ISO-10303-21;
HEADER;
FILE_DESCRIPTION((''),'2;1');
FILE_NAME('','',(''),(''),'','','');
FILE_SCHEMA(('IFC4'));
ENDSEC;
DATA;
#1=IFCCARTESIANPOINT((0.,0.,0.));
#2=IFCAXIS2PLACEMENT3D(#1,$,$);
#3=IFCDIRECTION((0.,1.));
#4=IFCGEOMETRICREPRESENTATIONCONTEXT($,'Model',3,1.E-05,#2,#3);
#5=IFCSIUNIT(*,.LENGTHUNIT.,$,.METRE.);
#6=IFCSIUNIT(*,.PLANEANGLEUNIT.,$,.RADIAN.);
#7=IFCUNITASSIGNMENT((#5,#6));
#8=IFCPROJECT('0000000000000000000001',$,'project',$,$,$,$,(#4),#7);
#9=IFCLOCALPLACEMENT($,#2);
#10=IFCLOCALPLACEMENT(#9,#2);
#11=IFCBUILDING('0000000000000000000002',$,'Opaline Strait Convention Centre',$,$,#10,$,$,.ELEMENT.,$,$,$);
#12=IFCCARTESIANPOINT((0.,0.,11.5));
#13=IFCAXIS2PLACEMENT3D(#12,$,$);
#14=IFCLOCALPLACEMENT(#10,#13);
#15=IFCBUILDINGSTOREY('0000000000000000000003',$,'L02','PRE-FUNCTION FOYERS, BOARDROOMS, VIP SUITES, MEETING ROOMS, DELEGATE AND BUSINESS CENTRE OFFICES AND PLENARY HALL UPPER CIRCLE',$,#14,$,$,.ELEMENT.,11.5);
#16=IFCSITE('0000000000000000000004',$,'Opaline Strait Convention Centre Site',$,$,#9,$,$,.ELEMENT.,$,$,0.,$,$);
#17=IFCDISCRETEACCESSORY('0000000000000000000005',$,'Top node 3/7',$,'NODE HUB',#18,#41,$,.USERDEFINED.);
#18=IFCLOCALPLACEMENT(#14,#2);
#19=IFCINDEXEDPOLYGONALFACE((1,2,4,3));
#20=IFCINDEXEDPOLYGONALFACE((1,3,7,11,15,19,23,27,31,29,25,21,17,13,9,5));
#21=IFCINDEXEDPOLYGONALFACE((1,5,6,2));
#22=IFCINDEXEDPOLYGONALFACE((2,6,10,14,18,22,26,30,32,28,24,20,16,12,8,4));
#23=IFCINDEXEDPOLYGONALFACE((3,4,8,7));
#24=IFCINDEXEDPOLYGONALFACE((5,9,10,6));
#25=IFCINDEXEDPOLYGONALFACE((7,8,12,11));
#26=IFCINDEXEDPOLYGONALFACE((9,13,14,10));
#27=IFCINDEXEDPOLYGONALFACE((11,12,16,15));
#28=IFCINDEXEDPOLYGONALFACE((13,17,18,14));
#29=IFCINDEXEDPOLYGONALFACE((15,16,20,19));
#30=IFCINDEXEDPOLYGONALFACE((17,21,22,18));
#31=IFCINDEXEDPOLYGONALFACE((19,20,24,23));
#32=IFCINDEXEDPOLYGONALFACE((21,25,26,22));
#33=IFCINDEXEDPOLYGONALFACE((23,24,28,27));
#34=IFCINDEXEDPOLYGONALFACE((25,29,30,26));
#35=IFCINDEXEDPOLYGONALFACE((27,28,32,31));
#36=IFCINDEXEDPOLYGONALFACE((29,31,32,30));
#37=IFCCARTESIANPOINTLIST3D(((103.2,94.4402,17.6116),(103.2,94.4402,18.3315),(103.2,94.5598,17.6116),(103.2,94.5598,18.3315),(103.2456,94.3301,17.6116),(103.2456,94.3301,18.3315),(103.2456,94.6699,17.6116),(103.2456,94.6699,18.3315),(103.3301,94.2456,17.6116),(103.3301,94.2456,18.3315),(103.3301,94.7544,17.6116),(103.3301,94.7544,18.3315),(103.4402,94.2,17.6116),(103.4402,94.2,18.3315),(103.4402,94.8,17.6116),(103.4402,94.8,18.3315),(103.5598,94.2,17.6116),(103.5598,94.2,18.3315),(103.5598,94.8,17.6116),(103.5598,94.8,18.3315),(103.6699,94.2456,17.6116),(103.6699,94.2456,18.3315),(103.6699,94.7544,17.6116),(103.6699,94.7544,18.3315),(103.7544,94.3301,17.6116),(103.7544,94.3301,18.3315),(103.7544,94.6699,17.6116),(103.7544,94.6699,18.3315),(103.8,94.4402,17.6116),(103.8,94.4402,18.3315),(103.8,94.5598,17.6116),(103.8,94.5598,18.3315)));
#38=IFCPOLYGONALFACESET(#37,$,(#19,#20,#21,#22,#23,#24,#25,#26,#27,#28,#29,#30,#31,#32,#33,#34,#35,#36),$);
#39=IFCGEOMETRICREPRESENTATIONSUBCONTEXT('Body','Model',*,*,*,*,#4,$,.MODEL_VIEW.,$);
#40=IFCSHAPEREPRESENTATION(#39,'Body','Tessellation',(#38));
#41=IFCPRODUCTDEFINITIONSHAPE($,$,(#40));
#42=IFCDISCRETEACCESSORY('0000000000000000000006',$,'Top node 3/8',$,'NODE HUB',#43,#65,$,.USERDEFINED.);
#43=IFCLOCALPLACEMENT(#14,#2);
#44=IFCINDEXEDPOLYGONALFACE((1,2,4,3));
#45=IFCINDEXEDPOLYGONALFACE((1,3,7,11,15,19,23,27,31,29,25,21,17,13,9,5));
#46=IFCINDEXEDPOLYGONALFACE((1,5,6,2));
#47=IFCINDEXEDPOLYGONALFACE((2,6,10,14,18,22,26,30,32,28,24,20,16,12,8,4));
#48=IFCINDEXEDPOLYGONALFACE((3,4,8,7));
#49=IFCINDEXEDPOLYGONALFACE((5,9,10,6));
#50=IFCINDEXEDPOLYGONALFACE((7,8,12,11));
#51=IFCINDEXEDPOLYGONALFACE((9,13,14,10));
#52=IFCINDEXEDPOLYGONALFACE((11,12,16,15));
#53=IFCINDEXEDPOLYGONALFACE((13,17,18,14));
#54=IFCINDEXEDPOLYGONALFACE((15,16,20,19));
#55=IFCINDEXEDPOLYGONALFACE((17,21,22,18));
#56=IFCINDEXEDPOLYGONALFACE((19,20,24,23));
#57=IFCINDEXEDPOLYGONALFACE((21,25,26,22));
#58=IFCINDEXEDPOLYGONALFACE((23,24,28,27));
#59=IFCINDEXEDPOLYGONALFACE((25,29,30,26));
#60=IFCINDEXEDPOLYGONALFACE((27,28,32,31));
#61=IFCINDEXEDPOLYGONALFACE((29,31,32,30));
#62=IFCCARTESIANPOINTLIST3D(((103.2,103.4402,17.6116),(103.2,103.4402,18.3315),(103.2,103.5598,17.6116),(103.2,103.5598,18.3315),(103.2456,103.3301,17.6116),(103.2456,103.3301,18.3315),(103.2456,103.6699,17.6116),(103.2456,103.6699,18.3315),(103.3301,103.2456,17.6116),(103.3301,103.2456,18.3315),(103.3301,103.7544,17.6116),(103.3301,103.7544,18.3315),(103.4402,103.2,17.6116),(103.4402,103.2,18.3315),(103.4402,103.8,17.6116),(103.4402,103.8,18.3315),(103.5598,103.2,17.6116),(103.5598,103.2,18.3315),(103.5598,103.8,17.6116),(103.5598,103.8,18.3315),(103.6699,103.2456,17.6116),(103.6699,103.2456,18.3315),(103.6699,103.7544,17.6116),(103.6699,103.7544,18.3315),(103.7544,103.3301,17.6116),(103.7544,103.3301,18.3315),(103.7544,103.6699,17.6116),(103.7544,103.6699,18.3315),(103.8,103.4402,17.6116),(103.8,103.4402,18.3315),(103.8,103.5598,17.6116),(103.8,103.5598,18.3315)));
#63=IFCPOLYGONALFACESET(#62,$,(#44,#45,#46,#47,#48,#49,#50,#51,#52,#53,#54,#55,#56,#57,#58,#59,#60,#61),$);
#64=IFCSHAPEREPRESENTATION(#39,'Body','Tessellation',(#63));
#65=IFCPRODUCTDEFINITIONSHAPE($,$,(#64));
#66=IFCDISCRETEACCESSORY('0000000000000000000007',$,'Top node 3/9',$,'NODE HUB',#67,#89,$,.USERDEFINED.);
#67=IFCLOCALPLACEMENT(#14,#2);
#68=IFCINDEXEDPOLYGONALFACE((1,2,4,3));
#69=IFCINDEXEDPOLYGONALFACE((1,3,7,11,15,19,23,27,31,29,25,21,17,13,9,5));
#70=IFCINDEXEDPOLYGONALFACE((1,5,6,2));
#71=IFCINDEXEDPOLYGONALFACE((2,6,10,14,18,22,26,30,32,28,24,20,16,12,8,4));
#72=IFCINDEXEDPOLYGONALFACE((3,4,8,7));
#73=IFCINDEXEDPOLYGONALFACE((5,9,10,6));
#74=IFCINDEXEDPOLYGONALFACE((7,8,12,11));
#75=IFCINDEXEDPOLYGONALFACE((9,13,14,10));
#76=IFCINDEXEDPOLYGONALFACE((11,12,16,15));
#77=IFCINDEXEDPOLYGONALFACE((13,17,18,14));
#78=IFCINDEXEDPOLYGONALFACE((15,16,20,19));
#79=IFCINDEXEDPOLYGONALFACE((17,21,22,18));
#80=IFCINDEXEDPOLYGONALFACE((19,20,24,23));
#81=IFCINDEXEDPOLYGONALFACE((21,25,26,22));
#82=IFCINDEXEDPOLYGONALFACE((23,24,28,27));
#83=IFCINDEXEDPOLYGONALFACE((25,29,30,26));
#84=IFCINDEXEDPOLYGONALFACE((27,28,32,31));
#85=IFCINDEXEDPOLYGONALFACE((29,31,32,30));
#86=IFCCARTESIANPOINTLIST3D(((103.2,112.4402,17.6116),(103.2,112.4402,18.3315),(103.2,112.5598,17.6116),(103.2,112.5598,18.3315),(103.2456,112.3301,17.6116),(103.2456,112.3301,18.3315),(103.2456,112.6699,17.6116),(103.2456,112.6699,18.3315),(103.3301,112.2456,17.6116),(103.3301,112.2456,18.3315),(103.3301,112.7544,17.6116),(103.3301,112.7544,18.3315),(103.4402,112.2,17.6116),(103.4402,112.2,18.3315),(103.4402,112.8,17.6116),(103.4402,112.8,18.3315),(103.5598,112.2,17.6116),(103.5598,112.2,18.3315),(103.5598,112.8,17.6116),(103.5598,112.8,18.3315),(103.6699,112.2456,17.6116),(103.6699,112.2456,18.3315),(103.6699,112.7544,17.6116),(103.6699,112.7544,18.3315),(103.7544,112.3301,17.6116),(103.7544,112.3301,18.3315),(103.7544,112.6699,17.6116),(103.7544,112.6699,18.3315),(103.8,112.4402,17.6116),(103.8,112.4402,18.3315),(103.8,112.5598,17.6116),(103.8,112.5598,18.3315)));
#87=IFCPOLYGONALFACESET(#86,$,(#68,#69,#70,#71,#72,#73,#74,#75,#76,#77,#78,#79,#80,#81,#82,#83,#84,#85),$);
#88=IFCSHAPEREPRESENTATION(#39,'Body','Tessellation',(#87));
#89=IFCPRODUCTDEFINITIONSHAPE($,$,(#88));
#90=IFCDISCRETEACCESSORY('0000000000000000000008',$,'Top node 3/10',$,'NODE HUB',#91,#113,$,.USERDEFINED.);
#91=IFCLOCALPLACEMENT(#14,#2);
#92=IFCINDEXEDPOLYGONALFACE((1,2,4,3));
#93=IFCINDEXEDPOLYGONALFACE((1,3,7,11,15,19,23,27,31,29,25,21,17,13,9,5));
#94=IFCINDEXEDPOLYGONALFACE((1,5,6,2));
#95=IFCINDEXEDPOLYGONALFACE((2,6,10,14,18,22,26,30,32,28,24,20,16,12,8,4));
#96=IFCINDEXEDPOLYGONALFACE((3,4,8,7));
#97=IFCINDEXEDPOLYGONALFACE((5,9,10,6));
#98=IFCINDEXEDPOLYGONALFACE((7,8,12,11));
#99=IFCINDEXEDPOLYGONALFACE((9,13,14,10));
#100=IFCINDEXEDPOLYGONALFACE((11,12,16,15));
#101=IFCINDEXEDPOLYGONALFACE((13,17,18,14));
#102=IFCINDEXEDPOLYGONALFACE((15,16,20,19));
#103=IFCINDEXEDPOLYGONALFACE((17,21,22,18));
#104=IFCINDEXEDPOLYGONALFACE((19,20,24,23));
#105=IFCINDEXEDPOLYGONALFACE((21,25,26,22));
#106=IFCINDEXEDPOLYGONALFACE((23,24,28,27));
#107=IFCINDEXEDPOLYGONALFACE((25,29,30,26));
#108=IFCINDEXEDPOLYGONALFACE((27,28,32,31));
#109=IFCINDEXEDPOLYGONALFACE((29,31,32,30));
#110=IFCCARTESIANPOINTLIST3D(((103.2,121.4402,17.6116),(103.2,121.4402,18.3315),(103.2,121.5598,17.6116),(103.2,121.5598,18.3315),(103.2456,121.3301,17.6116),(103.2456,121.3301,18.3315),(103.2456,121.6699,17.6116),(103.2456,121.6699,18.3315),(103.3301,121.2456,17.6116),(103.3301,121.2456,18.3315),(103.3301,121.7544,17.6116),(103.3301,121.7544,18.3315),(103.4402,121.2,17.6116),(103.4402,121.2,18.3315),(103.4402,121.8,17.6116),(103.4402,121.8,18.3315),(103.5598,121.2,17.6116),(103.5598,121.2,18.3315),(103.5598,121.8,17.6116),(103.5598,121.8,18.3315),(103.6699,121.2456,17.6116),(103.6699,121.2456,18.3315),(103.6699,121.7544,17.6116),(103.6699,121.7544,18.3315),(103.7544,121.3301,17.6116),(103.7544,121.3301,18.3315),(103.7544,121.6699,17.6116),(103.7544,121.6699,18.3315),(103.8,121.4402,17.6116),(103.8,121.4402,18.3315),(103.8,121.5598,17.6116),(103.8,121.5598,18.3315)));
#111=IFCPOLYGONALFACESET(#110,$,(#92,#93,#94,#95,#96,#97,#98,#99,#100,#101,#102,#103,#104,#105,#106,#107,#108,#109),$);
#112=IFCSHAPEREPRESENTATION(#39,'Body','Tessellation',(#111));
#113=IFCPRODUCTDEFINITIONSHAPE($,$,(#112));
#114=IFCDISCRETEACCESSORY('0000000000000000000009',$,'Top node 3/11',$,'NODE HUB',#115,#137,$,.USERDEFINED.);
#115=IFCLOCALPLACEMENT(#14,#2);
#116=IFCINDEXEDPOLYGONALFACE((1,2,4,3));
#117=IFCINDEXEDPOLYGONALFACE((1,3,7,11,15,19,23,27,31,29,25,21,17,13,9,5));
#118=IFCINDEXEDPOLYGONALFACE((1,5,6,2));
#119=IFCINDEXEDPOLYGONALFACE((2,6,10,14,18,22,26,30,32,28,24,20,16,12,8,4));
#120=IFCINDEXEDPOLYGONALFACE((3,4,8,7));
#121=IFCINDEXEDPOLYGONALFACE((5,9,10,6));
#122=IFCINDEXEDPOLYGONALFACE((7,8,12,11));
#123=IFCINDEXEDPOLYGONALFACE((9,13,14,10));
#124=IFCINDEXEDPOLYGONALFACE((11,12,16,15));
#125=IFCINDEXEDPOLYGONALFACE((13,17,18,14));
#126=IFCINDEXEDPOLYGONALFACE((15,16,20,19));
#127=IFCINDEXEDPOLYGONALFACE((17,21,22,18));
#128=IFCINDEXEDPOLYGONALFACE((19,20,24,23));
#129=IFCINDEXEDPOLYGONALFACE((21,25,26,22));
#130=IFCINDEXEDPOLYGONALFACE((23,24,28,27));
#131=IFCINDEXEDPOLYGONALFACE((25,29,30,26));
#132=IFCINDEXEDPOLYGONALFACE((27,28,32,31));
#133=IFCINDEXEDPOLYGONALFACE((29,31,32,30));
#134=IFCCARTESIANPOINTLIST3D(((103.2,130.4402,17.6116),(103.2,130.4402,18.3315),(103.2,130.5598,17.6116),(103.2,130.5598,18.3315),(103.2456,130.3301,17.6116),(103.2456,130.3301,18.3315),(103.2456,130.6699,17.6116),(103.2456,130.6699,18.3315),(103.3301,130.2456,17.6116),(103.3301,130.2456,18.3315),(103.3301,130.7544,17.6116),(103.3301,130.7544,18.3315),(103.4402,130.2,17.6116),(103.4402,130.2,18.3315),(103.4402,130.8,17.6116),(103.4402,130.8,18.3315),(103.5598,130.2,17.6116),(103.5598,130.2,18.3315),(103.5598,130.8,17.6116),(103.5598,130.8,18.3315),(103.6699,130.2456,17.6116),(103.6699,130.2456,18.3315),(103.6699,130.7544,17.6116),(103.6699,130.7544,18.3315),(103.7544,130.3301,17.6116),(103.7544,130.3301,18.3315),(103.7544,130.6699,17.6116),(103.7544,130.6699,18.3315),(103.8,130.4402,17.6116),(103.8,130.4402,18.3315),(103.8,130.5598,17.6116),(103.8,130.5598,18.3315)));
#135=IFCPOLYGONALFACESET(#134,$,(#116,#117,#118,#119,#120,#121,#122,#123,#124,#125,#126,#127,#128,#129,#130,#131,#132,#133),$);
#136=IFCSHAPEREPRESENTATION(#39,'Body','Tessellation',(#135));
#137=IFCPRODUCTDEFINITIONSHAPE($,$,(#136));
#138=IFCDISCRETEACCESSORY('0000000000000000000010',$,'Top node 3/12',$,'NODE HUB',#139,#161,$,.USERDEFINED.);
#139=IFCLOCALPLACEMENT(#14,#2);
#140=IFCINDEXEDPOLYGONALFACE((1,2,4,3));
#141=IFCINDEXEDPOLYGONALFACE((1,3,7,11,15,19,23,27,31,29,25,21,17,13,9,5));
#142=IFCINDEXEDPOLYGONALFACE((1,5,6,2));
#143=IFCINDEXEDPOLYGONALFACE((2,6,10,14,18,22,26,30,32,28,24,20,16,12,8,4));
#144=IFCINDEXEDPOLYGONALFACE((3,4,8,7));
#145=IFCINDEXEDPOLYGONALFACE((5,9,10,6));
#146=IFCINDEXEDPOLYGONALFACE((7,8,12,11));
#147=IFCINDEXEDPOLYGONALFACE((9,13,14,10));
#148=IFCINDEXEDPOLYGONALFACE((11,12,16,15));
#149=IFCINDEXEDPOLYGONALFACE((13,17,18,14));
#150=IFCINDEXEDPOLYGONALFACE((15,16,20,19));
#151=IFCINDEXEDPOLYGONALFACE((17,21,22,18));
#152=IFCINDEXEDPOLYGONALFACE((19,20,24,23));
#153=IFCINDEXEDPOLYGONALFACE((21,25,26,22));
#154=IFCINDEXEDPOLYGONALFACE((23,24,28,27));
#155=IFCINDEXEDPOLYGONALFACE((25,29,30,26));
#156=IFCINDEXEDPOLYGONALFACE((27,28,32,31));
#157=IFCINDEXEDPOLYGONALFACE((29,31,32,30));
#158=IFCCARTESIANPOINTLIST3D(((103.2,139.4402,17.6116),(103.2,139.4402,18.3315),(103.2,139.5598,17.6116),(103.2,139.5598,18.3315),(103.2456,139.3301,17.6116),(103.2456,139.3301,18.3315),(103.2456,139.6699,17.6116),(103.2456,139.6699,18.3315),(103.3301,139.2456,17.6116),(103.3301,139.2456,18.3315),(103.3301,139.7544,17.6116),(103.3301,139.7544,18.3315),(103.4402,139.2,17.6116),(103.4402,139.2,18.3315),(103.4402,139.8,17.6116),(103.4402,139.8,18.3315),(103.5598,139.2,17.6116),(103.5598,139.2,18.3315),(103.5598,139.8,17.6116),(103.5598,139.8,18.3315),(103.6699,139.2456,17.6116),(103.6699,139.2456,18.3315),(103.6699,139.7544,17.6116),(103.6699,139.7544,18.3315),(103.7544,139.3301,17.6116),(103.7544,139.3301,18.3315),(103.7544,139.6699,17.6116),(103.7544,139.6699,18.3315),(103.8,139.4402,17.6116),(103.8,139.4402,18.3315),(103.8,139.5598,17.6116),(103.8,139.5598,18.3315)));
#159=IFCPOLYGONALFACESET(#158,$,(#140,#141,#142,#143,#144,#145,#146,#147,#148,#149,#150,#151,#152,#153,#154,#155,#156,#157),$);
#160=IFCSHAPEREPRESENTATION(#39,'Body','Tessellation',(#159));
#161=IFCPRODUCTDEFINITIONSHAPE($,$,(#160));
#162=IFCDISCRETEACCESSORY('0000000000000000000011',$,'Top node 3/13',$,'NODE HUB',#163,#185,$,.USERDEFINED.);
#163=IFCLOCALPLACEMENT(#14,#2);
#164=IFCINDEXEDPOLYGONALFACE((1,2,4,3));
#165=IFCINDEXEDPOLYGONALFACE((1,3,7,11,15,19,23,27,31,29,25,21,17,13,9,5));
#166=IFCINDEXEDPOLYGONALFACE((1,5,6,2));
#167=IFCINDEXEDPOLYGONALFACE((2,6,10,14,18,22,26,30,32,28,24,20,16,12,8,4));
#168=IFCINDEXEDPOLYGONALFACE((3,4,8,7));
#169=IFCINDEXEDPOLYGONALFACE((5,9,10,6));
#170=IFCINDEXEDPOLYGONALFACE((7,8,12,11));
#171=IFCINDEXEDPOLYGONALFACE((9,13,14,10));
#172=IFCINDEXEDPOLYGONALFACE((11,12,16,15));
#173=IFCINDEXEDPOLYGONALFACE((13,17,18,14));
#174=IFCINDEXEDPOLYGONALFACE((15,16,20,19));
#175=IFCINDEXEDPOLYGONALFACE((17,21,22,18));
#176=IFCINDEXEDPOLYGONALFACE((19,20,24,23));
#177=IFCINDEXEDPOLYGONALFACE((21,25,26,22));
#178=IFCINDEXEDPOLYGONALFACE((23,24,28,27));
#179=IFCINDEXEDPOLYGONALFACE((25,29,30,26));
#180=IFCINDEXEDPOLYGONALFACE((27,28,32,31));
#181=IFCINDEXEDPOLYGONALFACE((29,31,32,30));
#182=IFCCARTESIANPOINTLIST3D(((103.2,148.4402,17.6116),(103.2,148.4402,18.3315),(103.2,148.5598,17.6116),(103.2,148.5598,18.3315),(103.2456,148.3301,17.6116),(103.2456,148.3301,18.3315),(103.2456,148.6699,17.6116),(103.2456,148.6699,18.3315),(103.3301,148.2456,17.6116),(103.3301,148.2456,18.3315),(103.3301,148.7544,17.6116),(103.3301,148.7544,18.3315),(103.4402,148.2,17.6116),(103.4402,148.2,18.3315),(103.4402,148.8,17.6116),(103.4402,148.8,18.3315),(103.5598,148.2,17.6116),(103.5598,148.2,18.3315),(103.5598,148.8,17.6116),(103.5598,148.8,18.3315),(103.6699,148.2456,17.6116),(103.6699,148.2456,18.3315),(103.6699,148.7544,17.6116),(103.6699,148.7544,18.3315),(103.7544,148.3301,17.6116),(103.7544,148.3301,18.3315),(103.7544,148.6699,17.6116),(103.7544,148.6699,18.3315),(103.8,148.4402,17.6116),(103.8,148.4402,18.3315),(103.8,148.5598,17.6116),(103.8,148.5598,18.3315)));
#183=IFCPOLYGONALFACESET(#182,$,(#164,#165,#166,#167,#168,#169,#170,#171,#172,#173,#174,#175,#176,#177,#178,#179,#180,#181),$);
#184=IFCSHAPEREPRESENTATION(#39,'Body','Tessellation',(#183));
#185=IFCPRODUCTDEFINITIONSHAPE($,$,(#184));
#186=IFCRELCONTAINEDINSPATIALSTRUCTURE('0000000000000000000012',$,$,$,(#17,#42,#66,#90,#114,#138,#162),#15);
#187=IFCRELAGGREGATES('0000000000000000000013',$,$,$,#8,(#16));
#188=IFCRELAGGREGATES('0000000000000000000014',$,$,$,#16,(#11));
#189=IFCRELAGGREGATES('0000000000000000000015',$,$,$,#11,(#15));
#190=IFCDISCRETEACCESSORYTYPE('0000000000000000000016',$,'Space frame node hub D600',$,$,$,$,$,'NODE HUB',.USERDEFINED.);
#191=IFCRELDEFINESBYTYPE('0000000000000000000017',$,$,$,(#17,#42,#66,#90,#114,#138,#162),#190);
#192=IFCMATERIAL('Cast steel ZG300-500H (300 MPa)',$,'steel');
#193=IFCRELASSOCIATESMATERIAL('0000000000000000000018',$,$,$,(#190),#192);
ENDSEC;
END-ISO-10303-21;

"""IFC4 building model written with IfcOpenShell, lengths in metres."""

from ifc_helpers import new_model, si_unit, direction, frame, origin, place, context, subcontext, project, spatial, polyline, outline, extrude, material, type_object, element, save


model = new_model("IFC4")

# Units and contexts
model_context = context("Model", 3, precision=1e-05, world=origin(), true_north=direction((0.0, 1.0)))
body_context = subcontext(model_context, "Body", "Model", "MODEL_VIEW")
ifc_project = project(units=[si_unit("LENGTHUNIT", "METRE"), si_unit("PLANEANGLEUNIT", "RADIAN")], contexts=[model_context])

# Site, building, storey
site_placement = place(None, origin())
site = spatial("IfcSite", under=ifc_project, at=site_placement, Name="Opaline Strait Convention Centre Site", CompositionType="ELEMENT", RefElevation=0.0)
building_placement = place(site_placement, origin())
building = spatial("IfcBuilding", under=site, at=building_placement, Name="Opaline Strait Convention Centre", CompositionType="ELEMENT")
storey_placement = place(building_placement, frame((0.0, 0.0, 11.5)))
storey = spatial("IfcBuildingStorey", under=building, at=storey_placement, Name="L02", Description="PRE-FUNCTION FOYERS, BOARDROOMS, VIP SUITES, MEETING ROOMS, DELEGATE AND BUSINESS CENTRE OFFICES AND PLENARY HALL UPPER CIRCLE", CompositionType="ELEMENT", Elevation=11.5)

# Discrete accessories
ifc_material = material(Name="Cast steel ZG300-500H (300 MPa)", Category="steel")
discrete_accessory_type = type_object("IfcDiscreteAccessoryType", Name="Space frame node hub D600", ElementType="NODE HUB", PredefinedType="USERDEFINED", material=ifc_material)
discrete_accessory_1_placement = place(storey_placement, frame((0.0, 0.0, 17.6116)))
element("IfcDiscreteAccessory", 1, at=discrete_accessory_1_placement, inside=storey, type_object=discrete_accessory_type, Name="Top node 3/7", ObjectType="NODE HUB", PredefinedType="USERDEFINED", context=body_context, shape_type="SweptSolid", body=[
    extrude(outline(polyline([(103.8, 94.5598), (103.7544, 94.6699), (103.6699, 94.7544), (103.5598, 94.8), (103.4402, 94.8), (103.3301, 94.7544), (103.2456, 94.6699), (103.2, 94.5598), (103.2, 94.4402), (103.2456, 94.3301), (103.3301, 94.2456), (103.4402, 94.2), (103.5598, 94.2), (103.6699, 94.2456), (103.7544, 94.3301), (103.8, 94.4402), (103.8, 94.5598)])), origin(), (0.0, 0.0, 1.0), 0.72),
])
discrete_accessory_2_placement = place(storey_placement, frame((0.0, 0.0, 17.6116)))
element("IfcDiscreteAccessory", 2, at=discrete_accessory_2_placement, inside=storey, type_object=discrete_accessory_type, Name="Top node 3/8", ObjectType="NODE HUB", PredefinedType="USERDEFINED", context=body_context, shape_type="SweptSolid", body=[
    extrude(outline(polyline([(103.8, 103.5598), (103.7544, 103.6699), (103.6699, 103.7544), (103.5598, 103.8), (103.4402, 103.8), (103.3301, 103.7544), (103.2456, 103.6699), (103.2, 103.5598), (103.2, 103.4402), (103.2456, 103.3301), (103.3301, 103.2456), (103.4402, 103.2), (103.5598, 103.2), (103.6699, 103.2456), (103.7544, 103.3301), (103.8, 103.4402), (103.8, 103.5598)])), origin(), (0.0, 0.0, 1.0), 0.72),
])
discrete_accessory_3_placement = place(storey_placement, frame((0.0, 0.0, 17.6116)))
element("IfcDiscreteAccessory", 3, at=discrete_accessory_3_placement, inside=storey, type_object=discrete_accessory_type, Name="Top node 3/9", ObjectType="NODE HUB", PredefinedType="USERDEFINED", context=body_context, shape_type="SweptSolid", body=[
    extrude(outline(polyline([(103.8, 112.5598), (103.7544, 112.6699), (103.6699, 112.7544), (103.5598, 112.8), (103.4402, 112.8), (103.3301, 112.7544), (103.2456, 112.6699), (103.2, 112.5598), (103.2, 112.4402), (103.2456, 112.3301), (103.3301, 112.2456), (103.4402, 112.2), (103.5598, 112.2), (103.6699, 112.2456), (103.7544, 112.3301), (103.8, 112.4402), (103.8, 112.5598)])), origin(), (0.0, 0.0, 1.0), 0.72),
])
discrete_accessory_4_placement = place(storey_placement, frame((0.0, 0.0, 17.6116)))
element("IfcDiscreteAccessory", 4, at=discrete_accessory_4_placement, inside=storey, type_object=discrete_accessory_type, Name="Top node 3/10", ObjectType="NODE HUB", PredefinedType="USERDEFINED", context=body_context, shape_type="SweptSolid", body=[
    extrude(outline(polyline([(103.8, 121.5598), (103.7544, 121.6699), (103.6699, 121.7544), (103.5598, 121.8), (103.4402, 121.8), (103.3301, 121.7544), (103.2456, 121.6699), (103.2, 121.5598), (103.2, 121.4402), (103.2456, 121.3301), (103.3301, 121.2456), (103.4402, 121.2), (103.5598, 121.2), (103.6699, 121.2456), (103.7544, 121.3301), (103.8, 121.4402), (103.8, 121.5598)])), origin(), (0.0, 0.0, 1.0), 0.72),
])
discrete_accessory_5_placement = place(storey_placement, frame((0.0, 0.0, 17.6116)))
element("IfcDiscreteAccessory", 5, at=discrete_accessory_5_placement, inside=storey, type_object=discrete_accessory_type, Name="Top node 3/11", ObjectType="NODE HUB", PredefinedType="USERDEFINED", context=body_context, shape_type="SweptSolid", body=[
    extrude(outline(polyline([(103.8, 130.5598), (103.7544, 130.6699), (103.6699, 130.7544), (103.5598, 130.8), (103.4402, 130.8), (103.3301, 130.7544), (103.2456, 130.6699), (103.2, 130.5598), (103.2, 130.4402), (103.2456, 130.3301), (103.3301, 130.2456), (103.4402, 130.2), (103.5598, 130.2), (103.6699, 130.2456), (103.7544, 130.3301), (103.8, 130.4402), (103.8, 130.5598)])), origin(), (0.0, 0.0, 1.0), 0.72),
])
discrete_accessory_6_placement = place(storey_placement, frame((0.0, 0.0, 17.6116)))
element("IfcDiscreteAccessory", 6, at=discrete_accessory_6_placement, inside=storey, type_object=discrete_accessory_type, Name="Top node 3/12", ObjectType="NODE HUB", PredefinedType="USERDEFINED", context=body_context, shape_type="SweptSolid", body=[
    extrude(outline(polyline([(103.8, 139.5598), (103.7544, 139.6699), (103.6699, 139.7544), (103.5598, 139.8), (103.4402, 139.8), (103.3301, 139.7544), (103.2456, 139.6699), (103.2, 139.5598), (103.2, 139.4402), (103.2456, 139.3301), (103.3301, 139.2456), (103.4402, 139.2), (103.5598, 139.2), (103.6699, 139.2456), (103.7544, 139.3301), (103.8, 139.4402), (103.8, 139.5598)])), origin(), (0.0, 0.0, 1.0), 0.72),
])
discrete_accessory_7_placement = place(storey_placement, frame((0.0, 0.0, 17.6116)))
element("IfcDiscreteAccessory", 7, at=discrete_accessory_7_placement, inside=storey, type_object=discrete_accessory_type, Name="Top node 3/13", ObjectType="NODE HUB", PredefinedType="USERDEFINED", context=body_context, shape_type="SweptSolid", body=[
    extrude(outline(polyline([(103.8, 148.5598), (103.7544, 148.6699), (103.6699, 148.7544), (103.5598, 148.8), (103.4402, 148.8), (103.3301, 148.7544), (103.2456, 148.6699), (103.2, 148.5598), (103.2, 148.4402), (103.2456, 148.3301), (103.3301, 148.2456), (103.4402, 148.2), (103.5598, 148.2), (103.6699, 148.2456), (103.7544, 148.3301), (103.8, 148.4402), (103.8, 148.5598)])), origin(), (0.0, 0.0, 1.0), 0.72),
])

save(model, "model.ifc")
